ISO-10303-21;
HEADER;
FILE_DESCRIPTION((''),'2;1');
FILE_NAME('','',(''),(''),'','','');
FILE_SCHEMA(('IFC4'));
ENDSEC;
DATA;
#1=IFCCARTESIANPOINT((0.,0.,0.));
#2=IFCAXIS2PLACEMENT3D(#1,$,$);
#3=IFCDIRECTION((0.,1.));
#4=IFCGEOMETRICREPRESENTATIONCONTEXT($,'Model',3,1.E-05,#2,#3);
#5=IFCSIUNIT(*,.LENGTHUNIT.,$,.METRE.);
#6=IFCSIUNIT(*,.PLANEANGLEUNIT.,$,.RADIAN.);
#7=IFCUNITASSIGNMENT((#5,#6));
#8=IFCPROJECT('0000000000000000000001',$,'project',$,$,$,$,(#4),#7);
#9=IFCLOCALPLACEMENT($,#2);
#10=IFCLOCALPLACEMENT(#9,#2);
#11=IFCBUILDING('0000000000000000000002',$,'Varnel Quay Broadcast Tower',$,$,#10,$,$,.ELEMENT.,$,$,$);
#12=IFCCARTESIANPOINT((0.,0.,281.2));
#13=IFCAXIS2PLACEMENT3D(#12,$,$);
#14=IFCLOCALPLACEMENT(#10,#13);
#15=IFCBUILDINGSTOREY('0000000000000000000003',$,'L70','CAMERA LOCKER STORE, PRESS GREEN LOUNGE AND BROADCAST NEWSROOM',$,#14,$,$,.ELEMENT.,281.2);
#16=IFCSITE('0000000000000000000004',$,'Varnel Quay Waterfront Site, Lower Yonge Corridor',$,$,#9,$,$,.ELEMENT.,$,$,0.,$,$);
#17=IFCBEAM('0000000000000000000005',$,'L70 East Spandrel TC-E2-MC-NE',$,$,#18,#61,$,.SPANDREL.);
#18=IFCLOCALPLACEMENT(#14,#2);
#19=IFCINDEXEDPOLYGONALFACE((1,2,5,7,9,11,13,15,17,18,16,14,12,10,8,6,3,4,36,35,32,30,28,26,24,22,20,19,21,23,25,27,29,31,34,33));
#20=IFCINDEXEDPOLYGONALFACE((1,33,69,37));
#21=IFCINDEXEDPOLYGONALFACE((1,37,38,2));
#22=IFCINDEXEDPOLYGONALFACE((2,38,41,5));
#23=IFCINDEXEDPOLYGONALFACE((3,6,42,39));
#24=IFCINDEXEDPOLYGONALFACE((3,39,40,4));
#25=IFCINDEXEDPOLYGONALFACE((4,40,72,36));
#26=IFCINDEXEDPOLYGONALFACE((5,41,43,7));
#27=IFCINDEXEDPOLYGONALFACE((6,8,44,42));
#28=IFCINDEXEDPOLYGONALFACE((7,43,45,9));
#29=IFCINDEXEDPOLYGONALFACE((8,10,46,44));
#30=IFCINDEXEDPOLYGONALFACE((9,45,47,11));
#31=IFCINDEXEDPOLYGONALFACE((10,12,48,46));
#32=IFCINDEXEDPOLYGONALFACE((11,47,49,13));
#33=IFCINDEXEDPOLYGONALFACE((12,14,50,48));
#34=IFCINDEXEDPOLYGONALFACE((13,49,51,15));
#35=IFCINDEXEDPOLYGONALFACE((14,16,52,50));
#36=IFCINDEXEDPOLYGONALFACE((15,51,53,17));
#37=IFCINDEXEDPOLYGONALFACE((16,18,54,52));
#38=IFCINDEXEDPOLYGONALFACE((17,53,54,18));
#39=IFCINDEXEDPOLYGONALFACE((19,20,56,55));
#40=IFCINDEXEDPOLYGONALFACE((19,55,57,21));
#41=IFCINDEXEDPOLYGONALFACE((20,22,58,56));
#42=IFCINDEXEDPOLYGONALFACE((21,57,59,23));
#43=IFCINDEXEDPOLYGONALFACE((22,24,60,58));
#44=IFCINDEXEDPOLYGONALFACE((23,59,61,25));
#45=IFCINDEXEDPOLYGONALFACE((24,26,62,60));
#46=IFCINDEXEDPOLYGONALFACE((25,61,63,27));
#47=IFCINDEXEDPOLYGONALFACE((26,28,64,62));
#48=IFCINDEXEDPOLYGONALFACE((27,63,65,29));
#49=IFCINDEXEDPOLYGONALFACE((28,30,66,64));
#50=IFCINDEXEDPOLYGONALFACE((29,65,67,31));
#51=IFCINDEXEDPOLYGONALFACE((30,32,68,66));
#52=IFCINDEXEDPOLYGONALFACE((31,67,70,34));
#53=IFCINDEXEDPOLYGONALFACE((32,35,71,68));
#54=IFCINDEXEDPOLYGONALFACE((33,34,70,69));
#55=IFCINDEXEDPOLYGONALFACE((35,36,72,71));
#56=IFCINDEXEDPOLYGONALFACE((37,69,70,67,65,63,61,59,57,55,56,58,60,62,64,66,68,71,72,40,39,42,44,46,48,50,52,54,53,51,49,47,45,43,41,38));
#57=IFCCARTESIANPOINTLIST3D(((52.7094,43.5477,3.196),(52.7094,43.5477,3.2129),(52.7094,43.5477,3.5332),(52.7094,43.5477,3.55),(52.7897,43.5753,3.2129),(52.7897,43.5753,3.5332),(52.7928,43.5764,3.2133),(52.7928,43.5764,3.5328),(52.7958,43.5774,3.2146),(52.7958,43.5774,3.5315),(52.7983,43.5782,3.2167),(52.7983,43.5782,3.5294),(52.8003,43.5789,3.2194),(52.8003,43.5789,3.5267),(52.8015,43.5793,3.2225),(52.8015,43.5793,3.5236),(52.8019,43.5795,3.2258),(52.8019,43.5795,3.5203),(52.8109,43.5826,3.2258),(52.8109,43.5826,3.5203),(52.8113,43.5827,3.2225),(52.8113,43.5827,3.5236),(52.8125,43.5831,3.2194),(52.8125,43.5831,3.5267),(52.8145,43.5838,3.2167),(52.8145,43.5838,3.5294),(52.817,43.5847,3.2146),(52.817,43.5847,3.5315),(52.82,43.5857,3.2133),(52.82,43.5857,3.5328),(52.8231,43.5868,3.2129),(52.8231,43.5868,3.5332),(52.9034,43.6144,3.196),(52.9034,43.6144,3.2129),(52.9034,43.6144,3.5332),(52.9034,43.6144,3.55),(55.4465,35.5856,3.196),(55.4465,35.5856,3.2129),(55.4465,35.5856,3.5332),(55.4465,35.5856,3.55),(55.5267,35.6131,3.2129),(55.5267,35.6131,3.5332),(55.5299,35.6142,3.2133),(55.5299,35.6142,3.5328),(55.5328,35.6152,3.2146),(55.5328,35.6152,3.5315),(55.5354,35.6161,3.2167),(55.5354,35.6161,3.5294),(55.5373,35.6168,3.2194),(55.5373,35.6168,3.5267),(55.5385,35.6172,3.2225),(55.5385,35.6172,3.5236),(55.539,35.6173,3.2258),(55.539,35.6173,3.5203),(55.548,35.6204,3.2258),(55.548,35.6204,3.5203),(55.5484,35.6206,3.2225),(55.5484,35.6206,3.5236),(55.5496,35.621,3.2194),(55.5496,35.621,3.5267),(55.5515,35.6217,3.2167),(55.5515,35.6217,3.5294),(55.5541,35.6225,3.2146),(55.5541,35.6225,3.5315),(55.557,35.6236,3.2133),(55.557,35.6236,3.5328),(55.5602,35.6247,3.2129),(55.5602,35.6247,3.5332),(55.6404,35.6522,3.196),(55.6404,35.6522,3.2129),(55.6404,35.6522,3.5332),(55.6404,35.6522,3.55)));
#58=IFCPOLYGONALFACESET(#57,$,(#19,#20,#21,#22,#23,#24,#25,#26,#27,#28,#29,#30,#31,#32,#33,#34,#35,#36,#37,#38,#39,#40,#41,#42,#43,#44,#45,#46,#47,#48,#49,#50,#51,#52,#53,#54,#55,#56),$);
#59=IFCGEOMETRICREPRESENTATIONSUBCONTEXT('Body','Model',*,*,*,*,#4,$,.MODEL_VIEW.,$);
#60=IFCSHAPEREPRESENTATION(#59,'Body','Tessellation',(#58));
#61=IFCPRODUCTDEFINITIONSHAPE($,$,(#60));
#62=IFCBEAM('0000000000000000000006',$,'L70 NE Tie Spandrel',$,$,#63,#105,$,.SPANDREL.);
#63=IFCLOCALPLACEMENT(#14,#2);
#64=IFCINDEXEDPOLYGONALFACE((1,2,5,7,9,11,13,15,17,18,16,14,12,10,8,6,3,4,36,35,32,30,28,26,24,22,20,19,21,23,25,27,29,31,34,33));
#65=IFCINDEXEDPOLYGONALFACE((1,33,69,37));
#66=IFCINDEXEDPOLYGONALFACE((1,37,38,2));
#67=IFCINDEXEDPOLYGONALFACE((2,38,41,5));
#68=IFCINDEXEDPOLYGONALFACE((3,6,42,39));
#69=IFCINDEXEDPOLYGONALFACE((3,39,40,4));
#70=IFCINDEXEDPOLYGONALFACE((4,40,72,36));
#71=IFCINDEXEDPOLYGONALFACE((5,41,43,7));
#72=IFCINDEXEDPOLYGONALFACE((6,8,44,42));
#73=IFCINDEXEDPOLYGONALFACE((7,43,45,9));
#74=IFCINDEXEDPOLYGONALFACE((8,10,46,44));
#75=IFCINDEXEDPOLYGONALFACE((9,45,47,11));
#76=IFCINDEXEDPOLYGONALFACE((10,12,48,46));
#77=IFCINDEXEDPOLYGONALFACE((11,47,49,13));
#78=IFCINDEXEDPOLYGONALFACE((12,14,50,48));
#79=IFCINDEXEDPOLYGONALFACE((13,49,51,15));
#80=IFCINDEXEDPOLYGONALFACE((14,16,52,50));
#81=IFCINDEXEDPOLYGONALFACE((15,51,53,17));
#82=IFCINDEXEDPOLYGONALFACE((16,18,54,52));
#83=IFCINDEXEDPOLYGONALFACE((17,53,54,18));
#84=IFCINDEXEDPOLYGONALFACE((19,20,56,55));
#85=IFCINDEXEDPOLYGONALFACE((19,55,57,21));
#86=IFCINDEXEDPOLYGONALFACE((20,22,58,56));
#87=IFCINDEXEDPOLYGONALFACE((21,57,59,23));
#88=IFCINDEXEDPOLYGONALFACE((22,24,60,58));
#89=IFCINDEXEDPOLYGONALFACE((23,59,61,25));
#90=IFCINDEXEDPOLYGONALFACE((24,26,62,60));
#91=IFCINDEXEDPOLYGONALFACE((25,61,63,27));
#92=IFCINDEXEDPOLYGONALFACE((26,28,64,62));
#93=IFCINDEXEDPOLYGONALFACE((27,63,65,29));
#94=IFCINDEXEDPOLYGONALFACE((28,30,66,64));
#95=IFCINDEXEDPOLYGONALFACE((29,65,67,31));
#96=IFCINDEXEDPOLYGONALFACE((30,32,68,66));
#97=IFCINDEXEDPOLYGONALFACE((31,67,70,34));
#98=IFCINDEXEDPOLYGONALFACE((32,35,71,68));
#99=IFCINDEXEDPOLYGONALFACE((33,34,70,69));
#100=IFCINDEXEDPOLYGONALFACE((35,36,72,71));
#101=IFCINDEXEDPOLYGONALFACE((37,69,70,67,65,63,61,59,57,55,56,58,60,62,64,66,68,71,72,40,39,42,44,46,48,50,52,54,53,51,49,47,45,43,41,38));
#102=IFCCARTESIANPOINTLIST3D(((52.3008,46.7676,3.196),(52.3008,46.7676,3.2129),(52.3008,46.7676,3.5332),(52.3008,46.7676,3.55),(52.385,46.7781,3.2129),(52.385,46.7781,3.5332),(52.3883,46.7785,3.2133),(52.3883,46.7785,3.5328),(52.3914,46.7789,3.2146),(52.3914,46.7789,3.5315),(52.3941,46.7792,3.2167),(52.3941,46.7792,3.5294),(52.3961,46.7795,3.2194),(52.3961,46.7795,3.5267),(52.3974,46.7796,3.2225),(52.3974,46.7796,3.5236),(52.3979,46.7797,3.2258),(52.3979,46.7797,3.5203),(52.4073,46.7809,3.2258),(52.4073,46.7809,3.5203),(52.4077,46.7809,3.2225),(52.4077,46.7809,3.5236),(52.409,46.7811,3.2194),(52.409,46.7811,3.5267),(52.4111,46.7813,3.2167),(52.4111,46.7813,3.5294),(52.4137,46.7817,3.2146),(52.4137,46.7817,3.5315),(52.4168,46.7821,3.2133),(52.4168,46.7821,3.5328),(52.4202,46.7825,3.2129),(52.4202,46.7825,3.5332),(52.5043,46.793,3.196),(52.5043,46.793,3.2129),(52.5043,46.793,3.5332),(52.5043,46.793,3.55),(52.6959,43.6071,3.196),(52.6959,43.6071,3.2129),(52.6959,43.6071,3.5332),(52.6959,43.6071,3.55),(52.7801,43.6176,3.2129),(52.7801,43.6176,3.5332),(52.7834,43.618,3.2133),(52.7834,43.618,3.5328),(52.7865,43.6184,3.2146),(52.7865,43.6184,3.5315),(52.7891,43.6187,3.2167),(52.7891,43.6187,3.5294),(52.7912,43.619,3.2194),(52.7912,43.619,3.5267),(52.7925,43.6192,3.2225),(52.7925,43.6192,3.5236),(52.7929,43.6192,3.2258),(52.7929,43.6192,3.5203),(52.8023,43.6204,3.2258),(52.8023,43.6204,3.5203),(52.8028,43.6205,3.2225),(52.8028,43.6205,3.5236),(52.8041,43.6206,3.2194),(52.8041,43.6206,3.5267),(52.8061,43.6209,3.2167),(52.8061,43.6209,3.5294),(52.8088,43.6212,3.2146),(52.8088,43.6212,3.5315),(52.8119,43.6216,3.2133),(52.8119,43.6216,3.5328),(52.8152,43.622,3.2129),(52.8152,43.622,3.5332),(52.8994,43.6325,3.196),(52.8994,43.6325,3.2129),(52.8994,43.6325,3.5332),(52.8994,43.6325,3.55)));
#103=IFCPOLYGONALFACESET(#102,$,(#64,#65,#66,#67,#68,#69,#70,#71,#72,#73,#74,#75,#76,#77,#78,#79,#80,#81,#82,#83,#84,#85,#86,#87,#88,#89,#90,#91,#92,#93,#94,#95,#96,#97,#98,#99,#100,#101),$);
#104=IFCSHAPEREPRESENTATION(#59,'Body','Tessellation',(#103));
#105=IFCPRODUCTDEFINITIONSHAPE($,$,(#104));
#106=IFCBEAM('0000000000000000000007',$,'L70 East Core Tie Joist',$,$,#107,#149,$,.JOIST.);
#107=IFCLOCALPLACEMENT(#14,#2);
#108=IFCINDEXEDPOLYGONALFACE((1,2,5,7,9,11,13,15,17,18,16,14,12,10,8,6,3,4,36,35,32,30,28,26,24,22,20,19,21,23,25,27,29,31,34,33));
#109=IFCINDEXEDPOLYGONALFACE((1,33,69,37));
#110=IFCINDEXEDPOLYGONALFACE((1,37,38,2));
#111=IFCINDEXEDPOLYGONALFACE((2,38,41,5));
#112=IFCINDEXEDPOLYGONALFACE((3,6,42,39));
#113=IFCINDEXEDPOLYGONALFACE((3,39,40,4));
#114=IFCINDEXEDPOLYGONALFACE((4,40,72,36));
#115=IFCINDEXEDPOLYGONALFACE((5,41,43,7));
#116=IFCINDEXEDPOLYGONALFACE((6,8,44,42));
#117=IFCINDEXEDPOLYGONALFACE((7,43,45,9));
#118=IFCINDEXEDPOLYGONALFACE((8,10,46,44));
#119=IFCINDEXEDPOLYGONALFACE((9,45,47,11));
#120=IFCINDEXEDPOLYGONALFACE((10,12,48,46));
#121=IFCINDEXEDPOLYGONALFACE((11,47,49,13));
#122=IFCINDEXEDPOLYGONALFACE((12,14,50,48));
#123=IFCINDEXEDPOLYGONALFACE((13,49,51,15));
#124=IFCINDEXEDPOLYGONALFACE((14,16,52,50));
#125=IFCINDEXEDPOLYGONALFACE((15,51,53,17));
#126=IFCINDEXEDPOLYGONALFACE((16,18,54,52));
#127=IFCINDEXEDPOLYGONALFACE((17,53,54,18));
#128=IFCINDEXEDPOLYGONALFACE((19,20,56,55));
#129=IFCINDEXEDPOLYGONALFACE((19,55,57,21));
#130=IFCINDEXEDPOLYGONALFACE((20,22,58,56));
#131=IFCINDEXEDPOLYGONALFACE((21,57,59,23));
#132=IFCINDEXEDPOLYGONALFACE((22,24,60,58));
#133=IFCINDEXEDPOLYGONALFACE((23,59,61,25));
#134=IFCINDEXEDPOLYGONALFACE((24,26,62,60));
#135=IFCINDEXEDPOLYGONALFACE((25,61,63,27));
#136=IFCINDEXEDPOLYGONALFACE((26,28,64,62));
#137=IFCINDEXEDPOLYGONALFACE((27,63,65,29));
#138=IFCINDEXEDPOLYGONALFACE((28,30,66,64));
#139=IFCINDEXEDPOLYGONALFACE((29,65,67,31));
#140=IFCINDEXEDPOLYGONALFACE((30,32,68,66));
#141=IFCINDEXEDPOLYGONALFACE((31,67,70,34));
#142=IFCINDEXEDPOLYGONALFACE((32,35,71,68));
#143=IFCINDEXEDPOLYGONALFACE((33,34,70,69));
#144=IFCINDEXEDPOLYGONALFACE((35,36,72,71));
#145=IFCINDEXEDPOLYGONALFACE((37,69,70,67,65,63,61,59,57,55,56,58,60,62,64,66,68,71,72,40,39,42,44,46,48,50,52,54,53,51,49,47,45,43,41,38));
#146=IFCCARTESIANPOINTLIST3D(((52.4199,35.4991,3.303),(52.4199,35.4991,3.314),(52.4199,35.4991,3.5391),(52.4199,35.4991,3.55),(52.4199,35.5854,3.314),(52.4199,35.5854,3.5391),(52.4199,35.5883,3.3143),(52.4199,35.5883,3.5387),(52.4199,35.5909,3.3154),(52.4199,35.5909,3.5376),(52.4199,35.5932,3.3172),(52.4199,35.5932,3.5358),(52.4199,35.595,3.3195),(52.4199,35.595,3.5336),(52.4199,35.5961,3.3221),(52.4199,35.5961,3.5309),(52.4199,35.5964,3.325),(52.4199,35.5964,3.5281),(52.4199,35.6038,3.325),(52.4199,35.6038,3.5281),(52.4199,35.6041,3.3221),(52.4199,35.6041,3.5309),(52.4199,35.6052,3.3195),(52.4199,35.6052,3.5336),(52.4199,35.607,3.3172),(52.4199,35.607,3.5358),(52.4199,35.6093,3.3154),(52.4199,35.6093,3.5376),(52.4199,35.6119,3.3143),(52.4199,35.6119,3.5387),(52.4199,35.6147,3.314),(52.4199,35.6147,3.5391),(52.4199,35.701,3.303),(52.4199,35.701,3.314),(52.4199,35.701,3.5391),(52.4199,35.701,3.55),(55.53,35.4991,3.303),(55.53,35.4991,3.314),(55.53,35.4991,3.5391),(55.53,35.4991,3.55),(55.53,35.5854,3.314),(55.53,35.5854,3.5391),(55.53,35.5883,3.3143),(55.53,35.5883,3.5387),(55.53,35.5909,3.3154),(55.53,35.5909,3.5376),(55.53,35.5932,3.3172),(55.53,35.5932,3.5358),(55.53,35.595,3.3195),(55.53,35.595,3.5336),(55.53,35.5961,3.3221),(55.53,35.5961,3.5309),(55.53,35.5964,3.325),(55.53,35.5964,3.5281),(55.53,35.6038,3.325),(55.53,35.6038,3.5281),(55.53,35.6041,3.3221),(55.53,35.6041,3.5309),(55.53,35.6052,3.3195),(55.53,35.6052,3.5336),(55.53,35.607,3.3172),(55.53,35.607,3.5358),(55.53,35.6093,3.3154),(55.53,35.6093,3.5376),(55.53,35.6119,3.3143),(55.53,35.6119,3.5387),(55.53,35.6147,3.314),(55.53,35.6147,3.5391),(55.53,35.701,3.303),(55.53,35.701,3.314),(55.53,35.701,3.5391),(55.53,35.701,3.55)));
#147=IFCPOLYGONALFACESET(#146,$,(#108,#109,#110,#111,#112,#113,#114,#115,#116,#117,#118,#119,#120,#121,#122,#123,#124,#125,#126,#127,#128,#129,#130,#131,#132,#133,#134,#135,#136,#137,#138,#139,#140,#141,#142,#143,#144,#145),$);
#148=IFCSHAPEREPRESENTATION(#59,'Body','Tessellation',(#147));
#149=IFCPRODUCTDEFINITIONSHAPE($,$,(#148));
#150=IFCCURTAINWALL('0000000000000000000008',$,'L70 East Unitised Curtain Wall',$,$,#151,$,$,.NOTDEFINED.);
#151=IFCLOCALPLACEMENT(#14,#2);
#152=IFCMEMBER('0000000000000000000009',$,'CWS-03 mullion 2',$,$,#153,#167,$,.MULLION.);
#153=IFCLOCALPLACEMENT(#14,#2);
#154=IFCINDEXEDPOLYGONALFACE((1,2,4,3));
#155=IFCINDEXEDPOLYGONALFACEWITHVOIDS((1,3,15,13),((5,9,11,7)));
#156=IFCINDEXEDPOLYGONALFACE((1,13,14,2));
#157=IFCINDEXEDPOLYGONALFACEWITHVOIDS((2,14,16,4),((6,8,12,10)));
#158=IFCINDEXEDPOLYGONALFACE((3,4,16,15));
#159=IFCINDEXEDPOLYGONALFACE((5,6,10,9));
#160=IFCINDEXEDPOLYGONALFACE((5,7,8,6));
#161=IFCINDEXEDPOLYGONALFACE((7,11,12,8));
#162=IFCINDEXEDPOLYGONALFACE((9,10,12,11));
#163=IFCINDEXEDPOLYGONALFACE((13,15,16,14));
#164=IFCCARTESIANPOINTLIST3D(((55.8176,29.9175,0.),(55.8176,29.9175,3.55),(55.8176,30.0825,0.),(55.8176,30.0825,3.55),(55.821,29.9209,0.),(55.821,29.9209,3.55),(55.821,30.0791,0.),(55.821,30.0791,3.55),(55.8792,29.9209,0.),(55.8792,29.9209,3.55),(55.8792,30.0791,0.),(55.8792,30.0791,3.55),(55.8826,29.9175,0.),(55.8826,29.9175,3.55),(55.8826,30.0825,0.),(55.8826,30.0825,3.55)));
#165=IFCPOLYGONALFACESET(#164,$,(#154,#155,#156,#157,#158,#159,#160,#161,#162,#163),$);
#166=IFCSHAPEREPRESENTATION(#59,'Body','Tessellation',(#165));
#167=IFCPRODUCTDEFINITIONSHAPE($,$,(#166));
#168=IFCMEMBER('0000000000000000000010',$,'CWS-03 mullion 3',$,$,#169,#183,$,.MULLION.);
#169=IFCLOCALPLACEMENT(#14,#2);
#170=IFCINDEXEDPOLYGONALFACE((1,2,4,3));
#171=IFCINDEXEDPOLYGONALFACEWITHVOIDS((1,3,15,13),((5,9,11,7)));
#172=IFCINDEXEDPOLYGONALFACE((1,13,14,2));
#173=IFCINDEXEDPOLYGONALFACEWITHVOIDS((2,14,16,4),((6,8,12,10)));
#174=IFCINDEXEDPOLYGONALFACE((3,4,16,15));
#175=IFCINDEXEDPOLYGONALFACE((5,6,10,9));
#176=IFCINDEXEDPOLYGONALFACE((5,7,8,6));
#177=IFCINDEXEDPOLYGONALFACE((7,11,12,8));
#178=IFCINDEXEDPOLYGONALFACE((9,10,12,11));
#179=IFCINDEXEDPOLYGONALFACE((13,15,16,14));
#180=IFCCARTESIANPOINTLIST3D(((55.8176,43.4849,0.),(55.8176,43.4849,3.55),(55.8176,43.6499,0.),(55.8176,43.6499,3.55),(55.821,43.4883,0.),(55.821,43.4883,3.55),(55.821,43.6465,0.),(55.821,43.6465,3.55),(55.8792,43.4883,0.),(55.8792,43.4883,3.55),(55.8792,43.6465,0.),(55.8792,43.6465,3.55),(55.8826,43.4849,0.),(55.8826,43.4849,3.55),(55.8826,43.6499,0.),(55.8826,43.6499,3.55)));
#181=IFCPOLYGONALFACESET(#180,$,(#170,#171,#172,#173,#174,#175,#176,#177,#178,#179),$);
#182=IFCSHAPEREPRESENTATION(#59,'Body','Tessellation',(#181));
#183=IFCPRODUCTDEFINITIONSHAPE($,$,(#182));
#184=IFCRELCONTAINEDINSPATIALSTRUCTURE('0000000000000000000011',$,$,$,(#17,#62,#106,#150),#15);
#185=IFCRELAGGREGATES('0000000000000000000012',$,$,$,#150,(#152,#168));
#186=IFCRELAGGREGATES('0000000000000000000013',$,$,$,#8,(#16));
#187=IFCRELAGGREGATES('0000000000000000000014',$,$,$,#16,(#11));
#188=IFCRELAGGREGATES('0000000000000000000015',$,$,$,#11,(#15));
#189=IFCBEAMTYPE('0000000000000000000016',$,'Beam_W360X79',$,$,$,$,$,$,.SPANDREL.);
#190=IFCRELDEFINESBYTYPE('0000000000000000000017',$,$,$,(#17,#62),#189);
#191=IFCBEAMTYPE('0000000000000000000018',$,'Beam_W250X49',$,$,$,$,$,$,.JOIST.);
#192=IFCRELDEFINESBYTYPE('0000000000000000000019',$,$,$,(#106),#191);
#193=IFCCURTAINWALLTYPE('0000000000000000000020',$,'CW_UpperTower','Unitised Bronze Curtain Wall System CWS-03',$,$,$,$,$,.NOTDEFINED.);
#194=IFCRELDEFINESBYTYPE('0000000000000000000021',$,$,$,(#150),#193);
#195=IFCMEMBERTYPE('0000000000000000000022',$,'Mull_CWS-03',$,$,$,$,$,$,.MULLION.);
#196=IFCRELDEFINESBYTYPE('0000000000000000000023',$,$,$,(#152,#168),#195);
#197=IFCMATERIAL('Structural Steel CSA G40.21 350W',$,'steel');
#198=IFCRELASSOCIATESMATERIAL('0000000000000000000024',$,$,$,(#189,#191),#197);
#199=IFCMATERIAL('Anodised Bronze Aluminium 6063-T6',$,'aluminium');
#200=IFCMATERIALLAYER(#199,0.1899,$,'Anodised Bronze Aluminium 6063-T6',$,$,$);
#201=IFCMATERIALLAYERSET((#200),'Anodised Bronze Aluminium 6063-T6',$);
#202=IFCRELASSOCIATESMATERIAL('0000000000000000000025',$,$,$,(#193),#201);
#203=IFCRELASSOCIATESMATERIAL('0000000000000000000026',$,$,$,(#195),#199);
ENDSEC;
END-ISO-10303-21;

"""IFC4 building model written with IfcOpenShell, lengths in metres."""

from ifc_helpers import new_model, si_unit, direction, frame, origin, origin_2d, place, context, subcontext, project, spatial, hollow_rectangle, i_section, extrude, source, transform, mapped, material, layer, layer_set, material_profile, profile_set, type_object, type_shapes, element, aggregate, save


model = new_model("IFC4")

# Units and contexts
model_context = context("Model", 3, precision=1e-05, world=origin(), true_north=direction((0.0, 1.0)))
body_context = subcontext(model_context, "Body", "Model", "MODEL_VIEW")
ifc_project = project(units=[si_unit("LENGTHUNIT", "METRE"), si_unit("PLANEANGLEUNIT", "RADIAN")], contexts=[model_context])

# Site, building, storey
site_placement = place(None, origin())
site = spatial("IfcSite", under=ifc_project, at=site_placement, Name="Varnel Quay Waterfront Site, Lower Yonge Corridor", CompositionType="ELEMENT", RefElevation=0.0)
building_placement = place(site_placement, origin())
building = spatial("IfcBuilding", under=site, at=building_placement, Name="Varnel Quay Broadcast Tower", CompositionType="ELEMENT")
storey_placement = place(building_placement, frame((0.0, 0.0, 281.2)))
storey = spatial("IfcBuildingStorey", under=building, at=storey_placement, Name="L70", Description="CAMERA LOCKER STORE, PRESS GREEN LOUNGE AND BROADCAST NEWSROOM", CompositionType="ELEMENT", Elevation=281.2)

# Shared definitions
ifc_material_1 = material(Name="Structural Steel CSA G40.21 350W", Category="steel")

# Beams
ifc_material_profile_1 = material_profile(ifc_material_1, i_section(OverallWidth=0.2051, OverallDepth=0.354, WebThickness=0.0095, FlangeThickness=0.0168, FilletRadius=0.0129, at=origin_2d()), Name="W360X79")
ifc_profile_set_1 = profile_set([ifc_material_profile_1], Name="Structural Steel CSA G40.21 350W")
beam_type_1 = type_object("IfcBeamType", Name="Beam_W360X79", PredefinedType="SPANDREL", material=ifc_profile_set_1)
shared_shape_1 = source(origin(), body_context, "Body", "SweptSolid", [
    extrude(i_section(OverallWidth=0.2051, OverallDepth=0.354, WebThickness=0.0095, FlangeThickness=0.0168, FilletRadius=0.0129, at=origin_2d()), origin(), (0.0, 0.0, 1.0), 8.4194),
])
beam_1_placement = place(storey_placement, frame((55.5435, 35.6189, 3.373), z_axis=(-0.325087, 0.945684, 0.0), x_axis=(-0.945684, -0.325087, 0.0)))
element("IfcBeam", 1, at=beam_1_placement, inside=storey, type_object=beam_type_1, Name="L70 East Spandrel TC-E2-MC-NE", PredefinedType="SPANDREL", context=body_context, shape_type="MappedRepresentation", body=[
    mapped(shared_shape_1, transform((0.0, 0.0, 0.0), x_axis=(1.0, 0.0, 0.0), y_axis=(0.0, 1.0, 0.0), z_axis=(0.0, 0.0, 1.0), scale=1.0)),
])
shared_shape_2 = source(origin(), body_context, "Body", "SweptSolid", [
    extrude(i_section(OverallWidth=0.2051, OverallDepth=0.354, WebThickness=0.0095, FlangeThickness=0.0168, FilletRadius=0.0129, at=origin_2d()), origin(), (0.0, 0.0, 1.0), 3.1851),
])
type_shapes(beam_type_1, [shared_shape_1, shared_shape_2])
beam_2_placement = place(storey_placement, frame((52.4026, 46.7803, 3.373), z_axis=(0.124025, -0.992279, 0.0), x_axis=(0.992279, 0.124025, 0.0)))
element("IfcBeam", 2, at=beam_2_placement, inside=storey, type_object=beam_type_1, Name="L70 NE Tie Spandrel", PredefinedType="SPANDREL", context=body_context, shape_type="MappedRepresentation", body=[
    mapped(shared_shape_2, transform((0.0, 0.0, 0.0), x_axis=(1.0, 0.0, 0.0), y_axis=(0.0, 1.0, 0.0), z_axis=(0.0, 0.0, 1.0), scale=1.0)),
])
ifc_material_profile_2 = material_profile(ifc_material_1, i_section(OverallWidth=0.2019, OverallDepth=0.2471, WebThickness=0.0073, FlangeThickness=0.011, FilletRadius=0.011, at=origin_2d()), Name="W250X49")
ifc_profile_set_2 = profile_set([ifc_material_profile_2], Name="Structural Steel CSA G40.21 350W")
beam_type_2 = type_object("IfcBeamType", Name="Beam_W250X49", PredefinedType="JOIST", material=ifc_profile_set_2)
shared_shape_3 = source(origin(), body_context, "Body", "SweptSolid", [
    extrude(i_section(OverallWidth=0.2019, OverallDepth=0.2471, WebThickness=0.0073, FlangeThickness=0.011, FilletRadius=0.011, at=origin_2d()), origin(), (0.0, 0.0, 1.0), 3.1101),
])
type_shapes(beam_type_2, [shared_shape_3])
beam_3_placement = place(storey_placement, frame((52.4199, 35.6001, 3.4265), z_axis=(1.0, 0.0, 0.0), x_axis=(0.0, 1.0, 0.0)))
element("IfcBeam", 3, at=beam_3_placement, inside=storey, type_object=beam_type_2, Name="L70 East Core Tie Joist", PredefinedType="JOIST", context=body_context, shape_type="MappedRepresentation", body=[
    mapped(shared_shape_3, transform((0.0, 0.0, 0.0), x_axis=(1.0, 0.0, 0.0), y_axis=(0.0, 1.0, 0.0), z_axis=(0.0, 0.0, 1.0), scale=1.0)),
])

# Curtain wall, members
ifc_material_2 = material(Name="Anodised Bronze Aluminium 6063-T6", Category="aluminium")
ifc_layer_1 = layer(ifc_material_2, 0.1899, Name="Anodised Bronze Aluminium 6063-T6")
ifc_layer_set_1 = layer_set([ifc_layer_1], Name="Anodised Bronze Aluminium 6063-T6")
curtain_wall_type = type_object("IfcCurtainWallType", Name="CW_UpperTower", Description="Unitised Bronze Curtain Wall System CWS-03", PredefinedType="NOTDEFINED", material=ifc_layer_set_1)
curtain_wall_placement = place(storey_placement, origin())
curtain_wall = element("IfcCurtainWall", 4, at=curtain_wall_placement, inside=storey, type_object=curtain_wall_type, Name="L70 East Unitised Curtain Wall", PredefinedType="NOTDEFINED")
ifc_material_profile_3 = material_profile(ifc_material_2, hollow_rectangle(XDim=0.0649, YDim=0.165, WallThickness=0.0034, at=origin_2d()), Name="ALU65X165X3.5")
ifc_profile_set_3 = profile_set([ifc_material_profile_3], Name="Anodised Bronze Aluminium 6063-T6")
member_type_1 = type_object("IfcMemberType", Name="Mull_CWS-03", PredefinedType="MULLION", material=ifc_profile_set_3)
shared_shape_4 = source(origin(), body_context, "Body", "SweptSolid", [
    extrude(hollow_rectangle(XDim=0.0649, YDim=0.165, WallThickness=0.0034, at=origin_2d()), origin(), (0.0, 0.0, 1.0), 3.55),
])
type_shapes(member_type_1, [shared_shape_4])
member_1_placement = place(storey_placement, frame((55.8501, 30.0, 0.0), z_axis=(0.0, 0.0, 1.0), x_axis=(-1.0, 0.0, 0.0)))
member_1 = element("IfcMember", 5, at=member_1_placement, type_object=member_type_1, Name="CWS-03 mullion 2", PredefinedType="MULLION", context=body_context, shape_type="MappedRepresentation", body=[
    mapped(shared_shape_4, transform((0.0, 0.0, 0.0), x_axis=(1.0, 0.0, 0.0), y_axis=(0.0, 1.0, 0.0), z_axis=(0.0, 0.0, 1.0), scale=1.0)),
])
member_2_placement = place(storey_placement, frame((55.8501, 43.5674, 0.0), z_axis=(0.0, 0.0, 1.0), x_axis=(-1.0, 0.0, 0.0)))
member_2 = element("IfcMember", 6, at=member_2_placement, type_object=member_type_1, Name="CWS-03 mullion 3", PredefinedType="MULLION", context=body_context, shape_type="MappedRepresentation", body=[
    mapped(shared_shape_4, transform((0.0, 0.0, 0.0), x_axis=(1.0, 0.0, 0.0), y_axis=(0.0, 1.0, 0.0), z_axis=(0.0, 0.0, 1.0), scale=1.0)),
])

aggregate(curtain_wall, [member_1, member_2])

save(model, "model.ifc")
